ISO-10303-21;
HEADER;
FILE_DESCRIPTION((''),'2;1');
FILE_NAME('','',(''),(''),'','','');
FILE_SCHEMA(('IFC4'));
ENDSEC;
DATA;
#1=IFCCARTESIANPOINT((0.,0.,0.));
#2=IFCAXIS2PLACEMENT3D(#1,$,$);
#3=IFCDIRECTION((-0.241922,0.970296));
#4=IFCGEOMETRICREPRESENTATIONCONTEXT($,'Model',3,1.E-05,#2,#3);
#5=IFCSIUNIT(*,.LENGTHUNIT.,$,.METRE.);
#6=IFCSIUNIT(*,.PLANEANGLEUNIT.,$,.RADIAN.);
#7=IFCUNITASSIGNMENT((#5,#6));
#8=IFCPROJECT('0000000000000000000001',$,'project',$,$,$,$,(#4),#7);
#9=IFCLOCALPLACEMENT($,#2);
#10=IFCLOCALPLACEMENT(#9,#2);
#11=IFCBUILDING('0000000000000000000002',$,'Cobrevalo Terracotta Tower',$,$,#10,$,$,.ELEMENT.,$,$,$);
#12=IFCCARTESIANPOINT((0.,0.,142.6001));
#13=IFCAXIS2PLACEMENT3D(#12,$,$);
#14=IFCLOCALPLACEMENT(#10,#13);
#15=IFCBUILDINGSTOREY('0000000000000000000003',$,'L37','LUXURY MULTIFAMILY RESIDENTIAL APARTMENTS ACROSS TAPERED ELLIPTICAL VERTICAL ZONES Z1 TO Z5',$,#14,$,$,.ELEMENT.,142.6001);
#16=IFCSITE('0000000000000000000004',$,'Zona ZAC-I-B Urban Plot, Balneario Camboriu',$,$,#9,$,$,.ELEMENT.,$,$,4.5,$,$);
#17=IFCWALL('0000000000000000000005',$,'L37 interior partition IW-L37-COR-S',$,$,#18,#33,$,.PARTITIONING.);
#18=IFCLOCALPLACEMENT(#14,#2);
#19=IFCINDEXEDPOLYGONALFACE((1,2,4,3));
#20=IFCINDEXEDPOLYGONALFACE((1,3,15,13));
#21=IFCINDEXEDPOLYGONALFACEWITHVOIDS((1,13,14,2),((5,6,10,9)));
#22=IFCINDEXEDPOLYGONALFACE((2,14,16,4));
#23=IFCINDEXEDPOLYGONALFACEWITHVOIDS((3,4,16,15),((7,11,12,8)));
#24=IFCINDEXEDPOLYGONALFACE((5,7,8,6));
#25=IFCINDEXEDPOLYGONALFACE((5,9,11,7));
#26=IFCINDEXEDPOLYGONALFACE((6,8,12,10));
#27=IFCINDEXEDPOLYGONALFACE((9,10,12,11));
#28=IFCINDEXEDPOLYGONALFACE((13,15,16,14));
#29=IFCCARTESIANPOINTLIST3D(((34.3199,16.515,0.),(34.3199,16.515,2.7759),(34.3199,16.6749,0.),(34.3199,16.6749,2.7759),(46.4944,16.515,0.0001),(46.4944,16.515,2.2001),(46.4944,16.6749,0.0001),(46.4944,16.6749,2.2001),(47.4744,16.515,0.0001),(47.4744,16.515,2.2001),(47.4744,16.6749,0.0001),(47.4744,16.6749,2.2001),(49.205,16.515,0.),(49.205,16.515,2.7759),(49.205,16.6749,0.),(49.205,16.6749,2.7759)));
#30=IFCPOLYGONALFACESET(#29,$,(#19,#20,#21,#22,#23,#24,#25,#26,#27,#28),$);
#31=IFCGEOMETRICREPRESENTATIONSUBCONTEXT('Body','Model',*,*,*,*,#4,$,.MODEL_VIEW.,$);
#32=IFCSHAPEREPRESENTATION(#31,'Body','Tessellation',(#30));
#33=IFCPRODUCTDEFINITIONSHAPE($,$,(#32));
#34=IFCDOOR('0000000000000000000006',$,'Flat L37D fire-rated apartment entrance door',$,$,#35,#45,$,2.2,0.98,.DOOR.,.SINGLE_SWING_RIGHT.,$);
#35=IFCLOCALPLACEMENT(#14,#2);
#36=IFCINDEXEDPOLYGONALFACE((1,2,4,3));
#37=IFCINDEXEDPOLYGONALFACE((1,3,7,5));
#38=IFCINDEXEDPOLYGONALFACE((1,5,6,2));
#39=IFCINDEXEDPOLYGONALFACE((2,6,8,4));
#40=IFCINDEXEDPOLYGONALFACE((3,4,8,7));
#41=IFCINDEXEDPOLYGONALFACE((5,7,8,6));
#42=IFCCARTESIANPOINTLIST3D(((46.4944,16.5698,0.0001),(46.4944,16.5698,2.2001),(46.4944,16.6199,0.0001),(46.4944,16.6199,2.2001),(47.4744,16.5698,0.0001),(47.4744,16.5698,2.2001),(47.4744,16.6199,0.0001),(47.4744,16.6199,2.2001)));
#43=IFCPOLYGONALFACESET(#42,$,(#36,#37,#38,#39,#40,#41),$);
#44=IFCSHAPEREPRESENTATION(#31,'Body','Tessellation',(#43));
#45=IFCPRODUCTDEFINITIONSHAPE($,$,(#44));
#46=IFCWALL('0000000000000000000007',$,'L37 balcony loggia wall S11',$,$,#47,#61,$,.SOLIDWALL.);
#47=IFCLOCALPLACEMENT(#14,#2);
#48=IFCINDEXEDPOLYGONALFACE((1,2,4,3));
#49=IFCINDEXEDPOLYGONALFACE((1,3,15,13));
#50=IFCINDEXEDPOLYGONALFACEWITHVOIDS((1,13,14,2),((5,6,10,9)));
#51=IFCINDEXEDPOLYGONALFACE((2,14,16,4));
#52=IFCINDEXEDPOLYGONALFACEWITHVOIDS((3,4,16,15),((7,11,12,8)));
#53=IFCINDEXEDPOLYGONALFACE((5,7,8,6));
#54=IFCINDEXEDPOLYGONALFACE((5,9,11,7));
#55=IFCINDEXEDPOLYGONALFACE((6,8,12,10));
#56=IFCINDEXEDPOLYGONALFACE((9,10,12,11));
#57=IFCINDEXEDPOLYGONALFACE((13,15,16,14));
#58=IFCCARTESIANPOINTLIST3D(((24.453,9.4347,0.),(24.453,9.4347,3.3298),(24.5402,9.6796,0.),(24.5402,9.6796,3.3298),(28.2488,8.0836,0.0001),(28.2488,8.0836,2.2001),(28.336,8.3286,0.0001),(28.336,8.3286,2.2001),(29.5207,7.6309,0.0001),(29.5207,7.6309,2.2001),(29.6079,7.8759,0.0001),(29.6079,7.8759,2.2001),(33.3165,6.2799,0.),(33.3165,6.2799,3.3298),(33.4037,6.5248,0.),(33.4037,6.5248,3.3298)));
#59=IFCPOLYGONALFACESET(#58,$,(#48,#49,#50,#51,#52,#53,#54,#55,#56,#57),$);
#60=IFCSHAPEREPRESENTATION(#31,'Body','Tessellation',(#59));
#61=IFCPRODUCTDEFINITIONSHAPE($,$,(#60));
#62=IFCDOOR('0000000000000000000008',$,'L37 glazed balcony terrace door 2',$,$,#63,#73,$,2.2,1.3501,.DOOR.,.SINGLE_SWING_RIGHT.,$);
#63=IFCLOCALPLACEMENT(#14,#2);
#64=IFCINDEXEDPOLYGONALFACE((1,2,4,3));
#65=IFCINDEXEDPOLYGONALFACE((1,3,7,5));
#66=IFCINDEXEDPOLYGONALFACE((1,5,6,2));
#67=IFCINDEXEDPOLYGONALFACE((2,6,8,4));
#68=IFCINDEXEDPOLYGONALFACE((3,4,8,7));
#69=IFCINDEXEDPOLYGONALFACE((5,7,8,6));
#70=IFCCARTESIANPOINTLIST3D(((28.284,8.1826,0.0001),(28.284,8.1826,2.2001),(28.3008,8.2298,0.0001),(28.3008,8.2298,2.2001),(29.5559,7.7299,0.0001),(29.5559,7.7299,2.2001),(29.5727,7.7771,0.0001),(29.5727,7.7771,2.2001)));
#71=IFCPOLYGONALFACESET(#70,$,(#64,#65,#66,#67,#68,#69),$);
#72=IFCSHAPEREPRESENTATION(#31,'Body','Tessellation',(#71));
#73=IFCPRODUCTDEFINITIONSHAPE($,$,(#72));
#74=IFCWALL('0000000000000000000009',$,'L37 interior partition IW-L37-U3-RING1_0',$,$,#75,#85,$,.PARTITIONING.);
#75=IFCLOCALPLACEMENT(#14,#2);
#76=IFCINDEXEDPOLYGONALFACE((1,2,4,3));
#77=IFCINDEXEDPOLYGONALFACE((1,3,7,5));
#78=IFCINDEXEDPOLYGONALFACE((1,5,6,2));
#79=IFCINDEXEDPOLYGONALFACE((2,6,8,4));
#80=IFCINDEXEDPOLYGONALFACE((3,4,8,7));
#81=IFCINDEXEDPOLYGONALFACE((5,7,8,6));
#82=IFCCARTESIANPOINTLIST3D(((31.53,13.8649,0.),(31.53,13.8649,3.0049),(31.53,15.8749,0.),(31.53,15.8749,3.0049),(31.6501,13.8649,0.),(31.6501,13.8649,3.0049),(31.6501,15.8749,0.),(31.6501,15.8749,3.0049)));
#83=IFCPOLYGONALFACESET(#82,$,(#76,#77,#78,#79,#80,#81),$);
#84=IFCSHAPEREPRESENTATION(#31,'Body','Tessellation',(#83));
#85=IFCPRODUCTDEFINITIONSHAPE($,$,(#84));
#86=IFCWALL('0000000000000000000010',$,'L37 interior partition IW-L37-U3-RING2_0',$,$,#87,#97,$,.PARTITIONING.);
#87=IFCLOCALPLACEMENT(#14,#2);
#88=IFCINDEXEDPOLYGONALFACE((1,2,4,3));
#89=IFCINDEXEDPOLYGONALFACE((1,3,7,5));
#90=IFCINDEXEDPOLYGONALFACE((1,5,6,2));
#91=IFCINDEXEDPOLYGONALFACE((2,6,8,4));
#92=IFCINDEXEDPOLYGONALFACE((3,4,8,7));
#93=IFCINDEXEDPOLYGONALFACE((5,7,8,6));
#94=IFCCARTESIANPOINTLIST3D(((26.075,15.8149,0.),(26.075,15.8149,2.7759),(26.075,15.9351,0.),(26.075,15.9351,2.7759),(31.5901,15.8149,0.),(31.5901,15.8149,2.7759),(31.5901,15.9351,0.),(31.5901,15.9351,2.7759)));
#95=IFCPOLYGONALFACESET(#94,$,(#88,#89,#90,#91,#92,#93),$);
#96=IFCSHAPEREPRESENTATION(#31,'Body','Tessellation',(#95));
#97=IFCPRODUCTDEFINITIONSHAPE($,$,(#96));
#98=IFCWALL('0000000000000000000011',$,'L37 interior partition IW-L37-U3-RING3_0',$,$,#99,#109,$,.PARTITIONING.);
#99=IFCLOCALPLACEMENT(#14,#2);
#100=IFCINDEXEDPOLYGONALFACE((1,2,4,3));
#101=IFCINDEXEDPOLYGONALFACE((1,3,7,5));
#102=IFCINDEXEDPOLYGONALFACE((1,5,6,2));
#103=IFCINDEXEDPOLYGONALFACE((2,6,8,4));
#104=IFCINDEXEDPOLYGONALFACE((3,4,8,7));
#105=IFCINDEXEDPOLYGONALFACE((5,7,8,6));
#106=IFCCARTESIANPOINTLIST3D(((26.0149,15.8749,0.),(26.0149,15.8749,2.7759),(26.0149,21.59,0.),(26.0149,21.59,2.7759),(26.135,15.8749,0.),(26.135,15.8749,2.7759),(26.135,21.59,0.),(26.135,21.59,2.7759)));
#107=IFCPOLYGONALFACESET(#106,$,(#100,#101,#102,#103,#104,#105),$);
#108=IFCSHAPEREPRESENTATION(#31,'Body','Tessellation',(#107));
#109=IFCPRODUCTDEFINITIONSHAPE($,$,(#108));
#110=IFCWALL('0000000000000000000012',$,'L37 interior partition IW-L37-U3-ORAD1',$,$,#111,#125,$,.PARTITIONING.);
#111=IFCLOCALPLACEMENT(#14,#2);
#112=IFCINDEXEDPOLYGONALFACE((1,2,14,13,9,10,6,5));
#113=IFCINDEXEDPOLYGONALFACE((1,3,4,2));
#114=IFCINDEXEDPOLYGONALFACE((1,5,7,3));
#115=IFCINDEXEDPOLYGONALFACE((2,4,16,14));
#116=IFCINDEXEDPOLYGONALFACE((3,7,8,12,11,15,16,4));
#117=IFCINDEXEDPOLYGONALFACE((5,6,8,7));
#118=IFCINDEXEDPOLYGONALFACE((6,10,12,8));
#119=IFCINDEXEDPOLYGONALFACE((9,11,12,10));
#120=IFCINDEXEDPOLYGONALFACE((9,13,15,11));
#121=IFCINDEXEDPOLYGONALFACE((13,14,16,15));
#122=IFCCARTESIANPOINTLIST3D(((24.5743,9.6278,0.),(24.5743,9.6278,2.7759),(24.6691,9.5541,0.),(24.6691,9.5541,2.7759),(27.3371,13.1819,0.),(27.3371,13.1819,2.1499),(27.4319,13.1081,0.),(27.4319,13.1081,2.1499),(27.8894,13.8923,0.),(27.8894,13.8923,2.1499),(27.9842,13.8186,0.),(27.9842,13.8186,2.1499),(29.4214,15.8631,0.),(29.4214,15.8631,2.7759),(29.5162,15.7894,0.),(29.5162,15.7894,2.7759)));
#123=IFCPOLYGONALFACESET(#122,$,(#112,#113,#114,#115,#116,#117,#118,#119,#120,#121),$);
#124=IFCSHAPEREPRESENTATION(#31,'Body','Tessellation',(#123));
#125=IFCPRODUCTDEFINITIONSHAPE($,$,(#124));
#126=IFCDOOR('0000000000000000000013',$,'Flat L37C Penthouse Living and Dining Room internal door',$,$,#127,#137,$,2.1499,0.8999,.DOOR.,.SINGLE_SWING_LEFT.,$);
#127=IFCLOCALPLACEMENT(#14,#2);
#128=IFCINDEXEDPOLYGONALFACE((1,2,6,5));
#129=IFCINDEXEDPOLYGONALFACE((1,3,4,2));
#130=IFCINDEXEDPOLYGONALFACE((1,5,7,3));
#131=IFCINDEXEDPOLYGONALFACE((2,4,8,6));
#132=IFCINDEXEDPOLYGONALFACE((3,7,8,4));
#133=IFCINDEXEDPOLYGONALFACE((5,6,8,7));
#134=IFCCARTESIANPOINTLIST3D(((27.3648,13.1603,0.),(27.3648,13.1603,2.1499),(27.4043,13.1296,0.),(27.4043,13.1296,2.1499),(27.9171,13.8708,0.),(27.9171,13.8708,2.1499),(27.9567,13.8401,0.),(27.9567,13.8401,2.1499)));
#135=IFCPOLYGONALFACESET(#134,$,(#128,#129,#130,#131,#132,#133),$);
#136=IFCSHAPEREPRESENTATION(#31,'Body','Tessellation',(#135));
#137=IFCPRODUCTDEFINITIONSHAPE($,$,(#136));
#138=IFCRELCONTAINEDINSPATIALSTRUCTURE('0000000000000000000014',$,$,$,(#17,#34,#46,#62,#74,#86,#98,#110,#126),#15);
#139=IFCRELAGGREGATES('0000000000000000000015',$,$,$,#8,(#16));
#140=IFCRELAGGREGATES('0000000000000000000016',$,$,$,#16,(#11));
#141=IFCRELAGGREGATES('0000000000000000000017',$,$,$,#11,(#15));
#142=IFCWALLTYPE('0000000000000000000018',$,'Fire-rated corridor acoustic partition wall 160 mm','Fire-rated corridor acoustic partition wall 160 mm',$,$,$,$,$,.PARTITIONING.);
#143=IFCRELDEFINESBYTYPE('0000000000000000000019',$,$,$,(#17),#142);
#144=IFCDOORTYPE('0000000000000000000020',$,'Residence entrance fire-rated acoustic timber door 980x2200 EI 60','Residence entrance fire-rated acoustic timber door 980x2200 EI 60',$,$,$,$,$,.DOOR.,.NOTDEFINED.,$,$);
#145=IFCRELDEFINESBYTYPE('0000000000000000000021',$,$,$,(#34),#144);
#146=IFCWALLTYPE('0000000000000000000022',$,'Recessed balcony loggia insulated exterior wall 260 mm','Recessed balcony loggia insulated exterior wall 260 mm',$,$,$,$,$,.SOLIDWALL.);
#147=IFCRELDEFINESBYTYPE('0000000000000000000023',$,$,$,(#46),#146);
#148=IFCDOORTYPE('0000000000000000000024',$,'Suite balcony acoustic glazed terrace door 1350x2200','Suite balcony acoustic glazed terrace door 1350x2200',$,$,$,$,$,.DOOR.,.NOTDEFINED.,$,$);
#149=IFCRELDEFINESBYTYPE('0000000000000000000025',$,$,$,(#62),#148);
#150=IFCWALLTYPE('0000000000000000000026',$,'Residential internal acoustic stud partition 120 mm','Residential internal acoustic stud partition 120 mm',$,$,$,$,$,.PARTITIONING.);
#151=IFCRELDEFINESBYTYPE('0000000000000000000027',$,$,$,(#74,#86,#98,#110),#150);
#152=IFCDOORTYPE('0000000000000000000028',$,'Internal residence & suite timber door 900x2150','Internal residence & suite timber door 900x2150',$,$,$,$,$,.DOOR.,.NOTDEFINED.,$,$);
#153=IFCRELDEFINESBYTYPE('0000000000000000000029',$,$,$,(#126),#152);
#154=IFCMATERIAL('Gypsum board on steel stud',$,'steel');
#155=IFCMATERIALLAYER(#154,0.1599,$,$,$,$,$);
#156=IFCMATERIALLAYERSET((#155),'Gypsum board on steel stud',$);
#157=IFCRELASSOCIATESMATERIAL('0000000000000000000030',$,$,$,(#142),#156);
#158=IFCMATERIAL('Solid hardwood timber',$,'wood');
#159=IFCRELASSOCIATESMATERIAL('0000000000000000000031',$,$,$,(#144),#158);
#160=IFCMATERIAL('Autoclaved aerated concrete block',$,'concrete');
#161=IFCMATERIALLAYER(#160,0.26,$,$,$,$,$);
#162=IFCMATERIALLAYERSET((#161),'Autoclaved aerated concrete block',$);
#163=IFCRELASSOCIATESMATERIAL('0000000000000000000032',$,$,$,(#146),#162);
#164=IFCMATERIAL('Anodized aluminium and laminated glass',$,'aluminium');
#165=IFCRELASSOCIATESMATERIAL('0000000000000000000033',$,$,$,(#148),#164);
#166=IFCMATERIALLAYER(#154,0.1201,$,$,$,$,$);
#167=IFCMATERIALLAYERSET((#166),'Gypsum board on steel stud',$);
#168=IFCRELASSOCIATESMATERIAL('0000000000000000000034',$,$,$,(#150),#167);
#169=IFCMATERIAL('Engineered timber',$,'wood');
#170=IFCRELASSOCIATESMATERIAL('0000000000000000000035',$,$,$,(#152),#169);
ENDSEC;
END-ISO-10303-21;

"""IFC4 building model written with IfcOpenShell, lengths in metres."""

from ifc_helpers import new_model, si_unit, direction, frame, frame_2d, origin, place, context, subcontext, project, spatial, rectangle, extrude, source, transform, mapped, material, layer, layer_set, type_object, element, fill, save


model = new_model("IFC4")

# Units and contexts
model_context = context("Model", 3, precision=1e-05, world=origin(), true_north=direction((-0.241922, 0.970296)))
body_context = subcontext(model_context, "Body", "Model", "MODEL_VIEW")
ifc_project = project(units=[si_unit("LENGTHUNIT", "METRE"), si_unit("PLANEANGLEUNIT", "RADIAN")], contexts=[model_context])

# Site, building, storey
site_placement = place(None, origin())
site = spatial("IfcSite", under=ifc_project, at=site_placement, Name="Zona ZAC-I-B Urban Plot, Balneario Camboriu", CompositionType="ELEMENT", RefElevation=4.5)
building_placement = place(site_placement, origin())
building = spatial("IfcBuilding", under=site, at=building_placement, Name="Cobrevalo Terracotta Tower", CompositionType="ELEMENT")
storey_placement = place(building_placement, frame((0.0, 0.0, 142.6001)))
storey = spatial("IfcBuildingStorey", under=building, at=storey_placement, Name="L37", Description="LUXURY MULTIFAMILY RESIDENTIAL APARTMENTS ACROSS TAPERED ELLIPTICAL VERTICAL ZONES Z1 TO Z5", CompositionType="ELEMENT", Elevation=142.6001)

# Walls, openings, doors
ifc_material_1 = material(Name="Gypsum board on steel stud", Category="steel")
ifc_layer_1 = layer(ifc_material_1, 0.1599)
ifc_layer_set_1 = layer_set([ifc_layer_1], Name="Gypsum board on steel stud")
wall_type_1 = type_object("IfcWallType", Name="Fire-rated corridor acoustic partition wall 160 mm", Description="Fire-rated corridor acoustic partition wall 160 mm", PredefinedType="PARTITIONING", material=ifc_layer_set_1)
wall_1_placement = place(storey_placement, frame((34.3201, 16.595, 0.0), z_axis=(0.0, 0.0, 1.0), x_axis=(1.0, 0.0, 0.0)))
wall_1 = element("IfcWall", 1, at=wall_1_placement, inside=storey, type_object=wall_type_1, Name="L37 interior partition IW-L37-COR-S", PredefinedType="PARTITIONING", context=body_context, shape_type="SweptSolid", body=[
    extrude(rectangle(XDim=14.885, YDim=0.1599, at=frame_2d((7.4424, 0.0))), origin(), (0.0, 0.0, 1.0), 2.7759),
])
opening_1_placement = place(wall_1_placement, frame((12.1743, 0.0, 0.0)))
opening_1 = element("IfcOpeningElement", 2, at=opening_1_placement, cuts=wall_1, PredefinedType="OPENING", context=body_context, shape_type="SweptSolid", body=[
    extrude(rectangle(XDim=0.98, YDim=2.2, at=frame_2d((0.49, 1.1001))), frame((0.0, 0.0898, 0.0), z_axis=(0.0, -1.0, 0.0), x_axis=(1.0, 0.0, 0.0)), (0.0, 0.0, 1.0), 0.1799),
])
ifc_material_2 = material(Name="Solid hardwood timber", Category="wood")
door_type_1 = type_object("IfcDoorType", Name="Residence entrance fire-rated acoustic timber door 980x2200 EI 60", Description="Residence entrance fire-rated acoustic timber door 980x2200 EI 60", OperationType="NOTDEFINED", PredefinedType="DOOR", material=ifc_material_2)
shared_shape_1 = source(origin(), body_context, "Body", "SweptSolid", [
    extrude(rectangle(XDim=0.98, YDim=2.2, at=frame_2d((0.49, 1.1001))), frame((0.0, 0.0249, 0.0), z_axis=(0.0, -1.0, 0.0), x_axis=(1.0, 0.0, 0.0)), (0.0, 0.0, 1.0), 0.05),
])
door_1_placement = place(opening_1_placement, origin())
door_1 = element("IfcDoor", 3, at=door_1_placement, inside=storey, type_object=door_type_1, Name="Flat L37D fire-rated apartment entrance door", OperationType="SINGLE_SWING_RIGHT", OverallHeight=2.2, OverallWidth=0.98, PredefinedType="DOOR", context=body_context, shape_type="MappedRepresentation", body=[
    mapped(shared_shape_1, transform((0.0, 0.0, 0.0), scale=1.0)),
])
fill(opening_1, door_1)
ifc_material_3 = material(Name="Autoclaved aerated concrete block", Category="concrete")
ifc_layer_2 = layer(ifc_material_3, 0.26)
ifc_layer_set_2 = layer_set([ifc_layer_2], Name="Autoclaved aerated concrete block")
wall_type_2 = type_object("IfcWallType", Name="Recessed balcony loggia insulated exterior wall 260 mm", Description="Recessed balcony loggia insulated exterior wall 260 mm", PredefinedType="SOLIDWALL", material=ifc_layer_set_2)
wall_2_placement = place(storey_placement, frame((24.4966, 9.5571, 0.0), z_axis=(0.0, 0.0, 1.0), x_axis=(0.942104, -0.335322, 0.0)))
wall_2 = element("IfcWall", 4, at=wall_2_placement, inside=storey, type_object=wall_type_2, Name="L37 balcony loggia wall S11", PredefinedType="SOLIDWALL", context=body_context, shape_type="SweptSolid", body=[
    extrude(rectangle(XDim=9.4082, YDim=0.26, at=frame_2d((4.7041, 0.0))), origin(), (0.0, 0.0, 1.0), 3.3298),
])
opening_2_placement = place(wall_2_placement, frame((4.0291, 0.0, 0.0)))
opening_2 = element("IfcOpeningElement", 5, at=opening_2_placement, cuts=wall_2, PredefinedType="OPENING", context=body_context, shape_type="SweptSolid", body=[
    extrude(rectangle(XDim=1.3501, YDim=2.2, at=frame_2d((0.675, 1.1001))), frame((0.0, 0.1401, 0.0), z_axis=(0.0, -1.0, 0.0), x_axis=(1.0, 0.0, 0.0)), (0.0, 0.0, 1.0), 0.28),
])
ifc_material_4 = material(Name="Anodized aluminium and laminated glass", Category="aluminium")
door_type_2 = type_object("IfcDoorType", Name="Suite balcony acoustic glazed terrace door 1350x2200", Description="Suite balcony acoustic glazed terrace door 1350x2200", OperationType="NOTDEFINED", PredefinedType="DOOR", material=ifc_material_4)
shared_shape_2 = source(origin(), body_context, "Body", "SweptSolid", [
    extrude(rectangle(XDim=1.3501, YDim=2.2, at=frame_2d((0.675, 1.1001))), frame((0.0, 0.0249, 0.0), z_axis=(0.0, -1.0, 0.0), x_axis=(1.0, 0.0, 0.0)), (0.0, 0.0, 1.0), 0.05),
])
door_2_placement = place(opening_2_placement, frame((1.3501, 0.0, 0.0), z_axis=(0.0, 0.0, 1.0), x_axis=(-1.0, 0.0, 0.0)))
door_2 = element("IfcDoor", 6, at=door_2_placement, inside=storey, type_object=door_type_2, Name="L37 glazed balcony terrace door 2", OperationType="SINGLE_SWING_RIGHT", OverallHeight=2.2, OverallWidth=1.3501, PredefinedType="DOOR", context=body_context, shape_type="MappedRepresentation", body=[
    mapped(shared_shape_2, transform((0.0, 0.0, 0.0), scale=1.0)),
])
fill(opening_2, door_2)

# Walls
ifc_layer_3 = layer(ifc_material_1, 0.1201)
ifc_layer_set_3 = layer_set([ifc_layer_3], Name="Gypsum board on steel stud")
wall_type_3 = type_object("IfcWallType", Name="Residential internal acoustic stud partition 120 mm", Description="Residential internal acoustic stud partition 120 mm", PredefinedType="PARTITIONING", material=ifc_layer_set_3)
wall_3_placement = place(storey_placement, frame((31.5901, 13.865, 0.0), z_axis=(0.0, 0.0, 1.0), x_axis=(0.0, 1.0, 0.0)))
element("IfcWall", 7, at=wall_3_placement, inside=storey, type_object=wall_type_3, Name="L37 interior partition IW-L37-U3-RING1_0", PredefinedType="PARTITIONING", context=body_context, shape_type="SweptSolid", body=[
    extrude(rectangle(XDim=2.01, YDim=0.1201, at=frame_2d((1.0049, 0.0))), origin(), (0.0, 0.0, 1.0), 3.0049),
])
wall_4_placement = place(storey_placement, frame((31.5901, 15.875, 0.0), z_axis=(0.0, 0.0, 1.0), x_axis=(-1.0, 0.0, 0.0)))
element("IfcWall", 8, at=wall_4_placement, inside=storey, type_object=wall_type_3, Name="L37 interior partition IW-L37-U3-RING2_0", PredefinedType="PARTITIONING", context=body_context, shape_type="SweptSolid", body=[
    extrude(rectangle(XDim=5.5151, YDim=0.1201, at=frame_2d((2.7576, 0.0))), origin(), (0.0, 0.0, 1.0), 2.7759),
])
wall_5_placement = place(storey_placement, frame((26.075, 15.875, 0.0), z_axis=(0.0, 0.0, 1.0), x_axis=(0.0, 1.0, 0.0)))
element("IfcWall", 9, at=wall_5_placement, inside=storey, type_object=wall_type_3, Name="L37 interior partition IW-L37-U3-RING3_0", PredefinedType="PARTITIONING", context=body_context, shape_type="SweptSolid", body=[
    extrude(rectangle(XDim=5.7151, YDim=0.1201, at=frame_2d((2.8574, 0.0))), origin(), (0.0, 0.0, 1.0), 2.7759),
])

# Wall, opening, door
wall_6_placement = place(storey_placement, frame((29.4688, 15.8262, 0.0), z_axis=(0.0, 0.0, 1.0), x_axis=(-0.613739, -0.789509, 0.0)))
wall_6 = element("IfcWall", 10, at=wall_6_placement, inside=storey, type_object=wall_type_3, Name="L37 interior partition IW-L37-U3-ORAD1", PredefinedType="PARTITIONING", context=body_context, shape_type="SweptSolid", body=[
    extrude(rectangle(XDim=7.8977, YDim=0.1201, at=frame_2d((3.9487, 0.0))), origin(), (0.0, 0.0, 1.0), 2.7759),
])
opening_3_placement = place(wall_6_placement, frame((2.4961, 0.0, 0.0)))
opening_3 = element("IfcOpeningElement", 11, at=opening_3_placement, cuts=wall_6, PredefinedType="OPENING", context=body_context, shape_type="SweptSolid", body=[
    extrude(rectangle(XDim=0.8999, YDim=2.1499, at=frame_2d((0.45, 1.075))), frame((0.0, 0.0701, 0.0), z_axis=(0.0, -1.0, 0.0), x_axis=(1.0, 0.0, 0.0)), (0.0, 0.0, 1.0), 0.1401),
])
ifc_material_5 = material(Name="Engineered timber", Category="wood")
door_type_3 = type_object("IfcDoorType", Name="Internal residence & suite timber door 900x2150", Description="Internal residence & suite timber door 900x2150", OperationType="NOTDEFINED", PredefinedType="DOOR", material=ifc_material_5)
shared_shape_3 = source(origin(), body_context, "Body", "SweptSolid", [
    extrude(rectangle(XDim=0.8999, YDim=2.1499, at=frame_2d((0.45, 1.075))), frame((0.0, 0.0249, 0.0), z_axis=(0.0, -1.0, 0.0), x_axis=(1.0, 0.0, 0.0)), (0.0, 0.0, 1.0), 0.05),
])
door_3_placement = place(opening_3_placement, frame((0.8999, 0.0, 0.0), z_axis=(0.0, 0.0, 1.0), x_axis=(-1.0, 0.0, 0.0)))
door_3 = element("IfcDoor", 12, at=door_3_placement, inside=storey, type_object=door_type_3, Name="Flat L37C Penthouse Living and Dining Room internal door", OperationType="SINGLE_SWING_LEFT", OverallHeight=2.1499, OverallWidth=0.8999, PredefinedType="DOOR", context=body_context, shape_type="MappedRepresentation", body=[
    mapped(shared_shape_3, transform((0.0, 0.0, 0.0), scale=1.0)),
])
fill(opening_3, door_3)

save(model, "model.ifc")
